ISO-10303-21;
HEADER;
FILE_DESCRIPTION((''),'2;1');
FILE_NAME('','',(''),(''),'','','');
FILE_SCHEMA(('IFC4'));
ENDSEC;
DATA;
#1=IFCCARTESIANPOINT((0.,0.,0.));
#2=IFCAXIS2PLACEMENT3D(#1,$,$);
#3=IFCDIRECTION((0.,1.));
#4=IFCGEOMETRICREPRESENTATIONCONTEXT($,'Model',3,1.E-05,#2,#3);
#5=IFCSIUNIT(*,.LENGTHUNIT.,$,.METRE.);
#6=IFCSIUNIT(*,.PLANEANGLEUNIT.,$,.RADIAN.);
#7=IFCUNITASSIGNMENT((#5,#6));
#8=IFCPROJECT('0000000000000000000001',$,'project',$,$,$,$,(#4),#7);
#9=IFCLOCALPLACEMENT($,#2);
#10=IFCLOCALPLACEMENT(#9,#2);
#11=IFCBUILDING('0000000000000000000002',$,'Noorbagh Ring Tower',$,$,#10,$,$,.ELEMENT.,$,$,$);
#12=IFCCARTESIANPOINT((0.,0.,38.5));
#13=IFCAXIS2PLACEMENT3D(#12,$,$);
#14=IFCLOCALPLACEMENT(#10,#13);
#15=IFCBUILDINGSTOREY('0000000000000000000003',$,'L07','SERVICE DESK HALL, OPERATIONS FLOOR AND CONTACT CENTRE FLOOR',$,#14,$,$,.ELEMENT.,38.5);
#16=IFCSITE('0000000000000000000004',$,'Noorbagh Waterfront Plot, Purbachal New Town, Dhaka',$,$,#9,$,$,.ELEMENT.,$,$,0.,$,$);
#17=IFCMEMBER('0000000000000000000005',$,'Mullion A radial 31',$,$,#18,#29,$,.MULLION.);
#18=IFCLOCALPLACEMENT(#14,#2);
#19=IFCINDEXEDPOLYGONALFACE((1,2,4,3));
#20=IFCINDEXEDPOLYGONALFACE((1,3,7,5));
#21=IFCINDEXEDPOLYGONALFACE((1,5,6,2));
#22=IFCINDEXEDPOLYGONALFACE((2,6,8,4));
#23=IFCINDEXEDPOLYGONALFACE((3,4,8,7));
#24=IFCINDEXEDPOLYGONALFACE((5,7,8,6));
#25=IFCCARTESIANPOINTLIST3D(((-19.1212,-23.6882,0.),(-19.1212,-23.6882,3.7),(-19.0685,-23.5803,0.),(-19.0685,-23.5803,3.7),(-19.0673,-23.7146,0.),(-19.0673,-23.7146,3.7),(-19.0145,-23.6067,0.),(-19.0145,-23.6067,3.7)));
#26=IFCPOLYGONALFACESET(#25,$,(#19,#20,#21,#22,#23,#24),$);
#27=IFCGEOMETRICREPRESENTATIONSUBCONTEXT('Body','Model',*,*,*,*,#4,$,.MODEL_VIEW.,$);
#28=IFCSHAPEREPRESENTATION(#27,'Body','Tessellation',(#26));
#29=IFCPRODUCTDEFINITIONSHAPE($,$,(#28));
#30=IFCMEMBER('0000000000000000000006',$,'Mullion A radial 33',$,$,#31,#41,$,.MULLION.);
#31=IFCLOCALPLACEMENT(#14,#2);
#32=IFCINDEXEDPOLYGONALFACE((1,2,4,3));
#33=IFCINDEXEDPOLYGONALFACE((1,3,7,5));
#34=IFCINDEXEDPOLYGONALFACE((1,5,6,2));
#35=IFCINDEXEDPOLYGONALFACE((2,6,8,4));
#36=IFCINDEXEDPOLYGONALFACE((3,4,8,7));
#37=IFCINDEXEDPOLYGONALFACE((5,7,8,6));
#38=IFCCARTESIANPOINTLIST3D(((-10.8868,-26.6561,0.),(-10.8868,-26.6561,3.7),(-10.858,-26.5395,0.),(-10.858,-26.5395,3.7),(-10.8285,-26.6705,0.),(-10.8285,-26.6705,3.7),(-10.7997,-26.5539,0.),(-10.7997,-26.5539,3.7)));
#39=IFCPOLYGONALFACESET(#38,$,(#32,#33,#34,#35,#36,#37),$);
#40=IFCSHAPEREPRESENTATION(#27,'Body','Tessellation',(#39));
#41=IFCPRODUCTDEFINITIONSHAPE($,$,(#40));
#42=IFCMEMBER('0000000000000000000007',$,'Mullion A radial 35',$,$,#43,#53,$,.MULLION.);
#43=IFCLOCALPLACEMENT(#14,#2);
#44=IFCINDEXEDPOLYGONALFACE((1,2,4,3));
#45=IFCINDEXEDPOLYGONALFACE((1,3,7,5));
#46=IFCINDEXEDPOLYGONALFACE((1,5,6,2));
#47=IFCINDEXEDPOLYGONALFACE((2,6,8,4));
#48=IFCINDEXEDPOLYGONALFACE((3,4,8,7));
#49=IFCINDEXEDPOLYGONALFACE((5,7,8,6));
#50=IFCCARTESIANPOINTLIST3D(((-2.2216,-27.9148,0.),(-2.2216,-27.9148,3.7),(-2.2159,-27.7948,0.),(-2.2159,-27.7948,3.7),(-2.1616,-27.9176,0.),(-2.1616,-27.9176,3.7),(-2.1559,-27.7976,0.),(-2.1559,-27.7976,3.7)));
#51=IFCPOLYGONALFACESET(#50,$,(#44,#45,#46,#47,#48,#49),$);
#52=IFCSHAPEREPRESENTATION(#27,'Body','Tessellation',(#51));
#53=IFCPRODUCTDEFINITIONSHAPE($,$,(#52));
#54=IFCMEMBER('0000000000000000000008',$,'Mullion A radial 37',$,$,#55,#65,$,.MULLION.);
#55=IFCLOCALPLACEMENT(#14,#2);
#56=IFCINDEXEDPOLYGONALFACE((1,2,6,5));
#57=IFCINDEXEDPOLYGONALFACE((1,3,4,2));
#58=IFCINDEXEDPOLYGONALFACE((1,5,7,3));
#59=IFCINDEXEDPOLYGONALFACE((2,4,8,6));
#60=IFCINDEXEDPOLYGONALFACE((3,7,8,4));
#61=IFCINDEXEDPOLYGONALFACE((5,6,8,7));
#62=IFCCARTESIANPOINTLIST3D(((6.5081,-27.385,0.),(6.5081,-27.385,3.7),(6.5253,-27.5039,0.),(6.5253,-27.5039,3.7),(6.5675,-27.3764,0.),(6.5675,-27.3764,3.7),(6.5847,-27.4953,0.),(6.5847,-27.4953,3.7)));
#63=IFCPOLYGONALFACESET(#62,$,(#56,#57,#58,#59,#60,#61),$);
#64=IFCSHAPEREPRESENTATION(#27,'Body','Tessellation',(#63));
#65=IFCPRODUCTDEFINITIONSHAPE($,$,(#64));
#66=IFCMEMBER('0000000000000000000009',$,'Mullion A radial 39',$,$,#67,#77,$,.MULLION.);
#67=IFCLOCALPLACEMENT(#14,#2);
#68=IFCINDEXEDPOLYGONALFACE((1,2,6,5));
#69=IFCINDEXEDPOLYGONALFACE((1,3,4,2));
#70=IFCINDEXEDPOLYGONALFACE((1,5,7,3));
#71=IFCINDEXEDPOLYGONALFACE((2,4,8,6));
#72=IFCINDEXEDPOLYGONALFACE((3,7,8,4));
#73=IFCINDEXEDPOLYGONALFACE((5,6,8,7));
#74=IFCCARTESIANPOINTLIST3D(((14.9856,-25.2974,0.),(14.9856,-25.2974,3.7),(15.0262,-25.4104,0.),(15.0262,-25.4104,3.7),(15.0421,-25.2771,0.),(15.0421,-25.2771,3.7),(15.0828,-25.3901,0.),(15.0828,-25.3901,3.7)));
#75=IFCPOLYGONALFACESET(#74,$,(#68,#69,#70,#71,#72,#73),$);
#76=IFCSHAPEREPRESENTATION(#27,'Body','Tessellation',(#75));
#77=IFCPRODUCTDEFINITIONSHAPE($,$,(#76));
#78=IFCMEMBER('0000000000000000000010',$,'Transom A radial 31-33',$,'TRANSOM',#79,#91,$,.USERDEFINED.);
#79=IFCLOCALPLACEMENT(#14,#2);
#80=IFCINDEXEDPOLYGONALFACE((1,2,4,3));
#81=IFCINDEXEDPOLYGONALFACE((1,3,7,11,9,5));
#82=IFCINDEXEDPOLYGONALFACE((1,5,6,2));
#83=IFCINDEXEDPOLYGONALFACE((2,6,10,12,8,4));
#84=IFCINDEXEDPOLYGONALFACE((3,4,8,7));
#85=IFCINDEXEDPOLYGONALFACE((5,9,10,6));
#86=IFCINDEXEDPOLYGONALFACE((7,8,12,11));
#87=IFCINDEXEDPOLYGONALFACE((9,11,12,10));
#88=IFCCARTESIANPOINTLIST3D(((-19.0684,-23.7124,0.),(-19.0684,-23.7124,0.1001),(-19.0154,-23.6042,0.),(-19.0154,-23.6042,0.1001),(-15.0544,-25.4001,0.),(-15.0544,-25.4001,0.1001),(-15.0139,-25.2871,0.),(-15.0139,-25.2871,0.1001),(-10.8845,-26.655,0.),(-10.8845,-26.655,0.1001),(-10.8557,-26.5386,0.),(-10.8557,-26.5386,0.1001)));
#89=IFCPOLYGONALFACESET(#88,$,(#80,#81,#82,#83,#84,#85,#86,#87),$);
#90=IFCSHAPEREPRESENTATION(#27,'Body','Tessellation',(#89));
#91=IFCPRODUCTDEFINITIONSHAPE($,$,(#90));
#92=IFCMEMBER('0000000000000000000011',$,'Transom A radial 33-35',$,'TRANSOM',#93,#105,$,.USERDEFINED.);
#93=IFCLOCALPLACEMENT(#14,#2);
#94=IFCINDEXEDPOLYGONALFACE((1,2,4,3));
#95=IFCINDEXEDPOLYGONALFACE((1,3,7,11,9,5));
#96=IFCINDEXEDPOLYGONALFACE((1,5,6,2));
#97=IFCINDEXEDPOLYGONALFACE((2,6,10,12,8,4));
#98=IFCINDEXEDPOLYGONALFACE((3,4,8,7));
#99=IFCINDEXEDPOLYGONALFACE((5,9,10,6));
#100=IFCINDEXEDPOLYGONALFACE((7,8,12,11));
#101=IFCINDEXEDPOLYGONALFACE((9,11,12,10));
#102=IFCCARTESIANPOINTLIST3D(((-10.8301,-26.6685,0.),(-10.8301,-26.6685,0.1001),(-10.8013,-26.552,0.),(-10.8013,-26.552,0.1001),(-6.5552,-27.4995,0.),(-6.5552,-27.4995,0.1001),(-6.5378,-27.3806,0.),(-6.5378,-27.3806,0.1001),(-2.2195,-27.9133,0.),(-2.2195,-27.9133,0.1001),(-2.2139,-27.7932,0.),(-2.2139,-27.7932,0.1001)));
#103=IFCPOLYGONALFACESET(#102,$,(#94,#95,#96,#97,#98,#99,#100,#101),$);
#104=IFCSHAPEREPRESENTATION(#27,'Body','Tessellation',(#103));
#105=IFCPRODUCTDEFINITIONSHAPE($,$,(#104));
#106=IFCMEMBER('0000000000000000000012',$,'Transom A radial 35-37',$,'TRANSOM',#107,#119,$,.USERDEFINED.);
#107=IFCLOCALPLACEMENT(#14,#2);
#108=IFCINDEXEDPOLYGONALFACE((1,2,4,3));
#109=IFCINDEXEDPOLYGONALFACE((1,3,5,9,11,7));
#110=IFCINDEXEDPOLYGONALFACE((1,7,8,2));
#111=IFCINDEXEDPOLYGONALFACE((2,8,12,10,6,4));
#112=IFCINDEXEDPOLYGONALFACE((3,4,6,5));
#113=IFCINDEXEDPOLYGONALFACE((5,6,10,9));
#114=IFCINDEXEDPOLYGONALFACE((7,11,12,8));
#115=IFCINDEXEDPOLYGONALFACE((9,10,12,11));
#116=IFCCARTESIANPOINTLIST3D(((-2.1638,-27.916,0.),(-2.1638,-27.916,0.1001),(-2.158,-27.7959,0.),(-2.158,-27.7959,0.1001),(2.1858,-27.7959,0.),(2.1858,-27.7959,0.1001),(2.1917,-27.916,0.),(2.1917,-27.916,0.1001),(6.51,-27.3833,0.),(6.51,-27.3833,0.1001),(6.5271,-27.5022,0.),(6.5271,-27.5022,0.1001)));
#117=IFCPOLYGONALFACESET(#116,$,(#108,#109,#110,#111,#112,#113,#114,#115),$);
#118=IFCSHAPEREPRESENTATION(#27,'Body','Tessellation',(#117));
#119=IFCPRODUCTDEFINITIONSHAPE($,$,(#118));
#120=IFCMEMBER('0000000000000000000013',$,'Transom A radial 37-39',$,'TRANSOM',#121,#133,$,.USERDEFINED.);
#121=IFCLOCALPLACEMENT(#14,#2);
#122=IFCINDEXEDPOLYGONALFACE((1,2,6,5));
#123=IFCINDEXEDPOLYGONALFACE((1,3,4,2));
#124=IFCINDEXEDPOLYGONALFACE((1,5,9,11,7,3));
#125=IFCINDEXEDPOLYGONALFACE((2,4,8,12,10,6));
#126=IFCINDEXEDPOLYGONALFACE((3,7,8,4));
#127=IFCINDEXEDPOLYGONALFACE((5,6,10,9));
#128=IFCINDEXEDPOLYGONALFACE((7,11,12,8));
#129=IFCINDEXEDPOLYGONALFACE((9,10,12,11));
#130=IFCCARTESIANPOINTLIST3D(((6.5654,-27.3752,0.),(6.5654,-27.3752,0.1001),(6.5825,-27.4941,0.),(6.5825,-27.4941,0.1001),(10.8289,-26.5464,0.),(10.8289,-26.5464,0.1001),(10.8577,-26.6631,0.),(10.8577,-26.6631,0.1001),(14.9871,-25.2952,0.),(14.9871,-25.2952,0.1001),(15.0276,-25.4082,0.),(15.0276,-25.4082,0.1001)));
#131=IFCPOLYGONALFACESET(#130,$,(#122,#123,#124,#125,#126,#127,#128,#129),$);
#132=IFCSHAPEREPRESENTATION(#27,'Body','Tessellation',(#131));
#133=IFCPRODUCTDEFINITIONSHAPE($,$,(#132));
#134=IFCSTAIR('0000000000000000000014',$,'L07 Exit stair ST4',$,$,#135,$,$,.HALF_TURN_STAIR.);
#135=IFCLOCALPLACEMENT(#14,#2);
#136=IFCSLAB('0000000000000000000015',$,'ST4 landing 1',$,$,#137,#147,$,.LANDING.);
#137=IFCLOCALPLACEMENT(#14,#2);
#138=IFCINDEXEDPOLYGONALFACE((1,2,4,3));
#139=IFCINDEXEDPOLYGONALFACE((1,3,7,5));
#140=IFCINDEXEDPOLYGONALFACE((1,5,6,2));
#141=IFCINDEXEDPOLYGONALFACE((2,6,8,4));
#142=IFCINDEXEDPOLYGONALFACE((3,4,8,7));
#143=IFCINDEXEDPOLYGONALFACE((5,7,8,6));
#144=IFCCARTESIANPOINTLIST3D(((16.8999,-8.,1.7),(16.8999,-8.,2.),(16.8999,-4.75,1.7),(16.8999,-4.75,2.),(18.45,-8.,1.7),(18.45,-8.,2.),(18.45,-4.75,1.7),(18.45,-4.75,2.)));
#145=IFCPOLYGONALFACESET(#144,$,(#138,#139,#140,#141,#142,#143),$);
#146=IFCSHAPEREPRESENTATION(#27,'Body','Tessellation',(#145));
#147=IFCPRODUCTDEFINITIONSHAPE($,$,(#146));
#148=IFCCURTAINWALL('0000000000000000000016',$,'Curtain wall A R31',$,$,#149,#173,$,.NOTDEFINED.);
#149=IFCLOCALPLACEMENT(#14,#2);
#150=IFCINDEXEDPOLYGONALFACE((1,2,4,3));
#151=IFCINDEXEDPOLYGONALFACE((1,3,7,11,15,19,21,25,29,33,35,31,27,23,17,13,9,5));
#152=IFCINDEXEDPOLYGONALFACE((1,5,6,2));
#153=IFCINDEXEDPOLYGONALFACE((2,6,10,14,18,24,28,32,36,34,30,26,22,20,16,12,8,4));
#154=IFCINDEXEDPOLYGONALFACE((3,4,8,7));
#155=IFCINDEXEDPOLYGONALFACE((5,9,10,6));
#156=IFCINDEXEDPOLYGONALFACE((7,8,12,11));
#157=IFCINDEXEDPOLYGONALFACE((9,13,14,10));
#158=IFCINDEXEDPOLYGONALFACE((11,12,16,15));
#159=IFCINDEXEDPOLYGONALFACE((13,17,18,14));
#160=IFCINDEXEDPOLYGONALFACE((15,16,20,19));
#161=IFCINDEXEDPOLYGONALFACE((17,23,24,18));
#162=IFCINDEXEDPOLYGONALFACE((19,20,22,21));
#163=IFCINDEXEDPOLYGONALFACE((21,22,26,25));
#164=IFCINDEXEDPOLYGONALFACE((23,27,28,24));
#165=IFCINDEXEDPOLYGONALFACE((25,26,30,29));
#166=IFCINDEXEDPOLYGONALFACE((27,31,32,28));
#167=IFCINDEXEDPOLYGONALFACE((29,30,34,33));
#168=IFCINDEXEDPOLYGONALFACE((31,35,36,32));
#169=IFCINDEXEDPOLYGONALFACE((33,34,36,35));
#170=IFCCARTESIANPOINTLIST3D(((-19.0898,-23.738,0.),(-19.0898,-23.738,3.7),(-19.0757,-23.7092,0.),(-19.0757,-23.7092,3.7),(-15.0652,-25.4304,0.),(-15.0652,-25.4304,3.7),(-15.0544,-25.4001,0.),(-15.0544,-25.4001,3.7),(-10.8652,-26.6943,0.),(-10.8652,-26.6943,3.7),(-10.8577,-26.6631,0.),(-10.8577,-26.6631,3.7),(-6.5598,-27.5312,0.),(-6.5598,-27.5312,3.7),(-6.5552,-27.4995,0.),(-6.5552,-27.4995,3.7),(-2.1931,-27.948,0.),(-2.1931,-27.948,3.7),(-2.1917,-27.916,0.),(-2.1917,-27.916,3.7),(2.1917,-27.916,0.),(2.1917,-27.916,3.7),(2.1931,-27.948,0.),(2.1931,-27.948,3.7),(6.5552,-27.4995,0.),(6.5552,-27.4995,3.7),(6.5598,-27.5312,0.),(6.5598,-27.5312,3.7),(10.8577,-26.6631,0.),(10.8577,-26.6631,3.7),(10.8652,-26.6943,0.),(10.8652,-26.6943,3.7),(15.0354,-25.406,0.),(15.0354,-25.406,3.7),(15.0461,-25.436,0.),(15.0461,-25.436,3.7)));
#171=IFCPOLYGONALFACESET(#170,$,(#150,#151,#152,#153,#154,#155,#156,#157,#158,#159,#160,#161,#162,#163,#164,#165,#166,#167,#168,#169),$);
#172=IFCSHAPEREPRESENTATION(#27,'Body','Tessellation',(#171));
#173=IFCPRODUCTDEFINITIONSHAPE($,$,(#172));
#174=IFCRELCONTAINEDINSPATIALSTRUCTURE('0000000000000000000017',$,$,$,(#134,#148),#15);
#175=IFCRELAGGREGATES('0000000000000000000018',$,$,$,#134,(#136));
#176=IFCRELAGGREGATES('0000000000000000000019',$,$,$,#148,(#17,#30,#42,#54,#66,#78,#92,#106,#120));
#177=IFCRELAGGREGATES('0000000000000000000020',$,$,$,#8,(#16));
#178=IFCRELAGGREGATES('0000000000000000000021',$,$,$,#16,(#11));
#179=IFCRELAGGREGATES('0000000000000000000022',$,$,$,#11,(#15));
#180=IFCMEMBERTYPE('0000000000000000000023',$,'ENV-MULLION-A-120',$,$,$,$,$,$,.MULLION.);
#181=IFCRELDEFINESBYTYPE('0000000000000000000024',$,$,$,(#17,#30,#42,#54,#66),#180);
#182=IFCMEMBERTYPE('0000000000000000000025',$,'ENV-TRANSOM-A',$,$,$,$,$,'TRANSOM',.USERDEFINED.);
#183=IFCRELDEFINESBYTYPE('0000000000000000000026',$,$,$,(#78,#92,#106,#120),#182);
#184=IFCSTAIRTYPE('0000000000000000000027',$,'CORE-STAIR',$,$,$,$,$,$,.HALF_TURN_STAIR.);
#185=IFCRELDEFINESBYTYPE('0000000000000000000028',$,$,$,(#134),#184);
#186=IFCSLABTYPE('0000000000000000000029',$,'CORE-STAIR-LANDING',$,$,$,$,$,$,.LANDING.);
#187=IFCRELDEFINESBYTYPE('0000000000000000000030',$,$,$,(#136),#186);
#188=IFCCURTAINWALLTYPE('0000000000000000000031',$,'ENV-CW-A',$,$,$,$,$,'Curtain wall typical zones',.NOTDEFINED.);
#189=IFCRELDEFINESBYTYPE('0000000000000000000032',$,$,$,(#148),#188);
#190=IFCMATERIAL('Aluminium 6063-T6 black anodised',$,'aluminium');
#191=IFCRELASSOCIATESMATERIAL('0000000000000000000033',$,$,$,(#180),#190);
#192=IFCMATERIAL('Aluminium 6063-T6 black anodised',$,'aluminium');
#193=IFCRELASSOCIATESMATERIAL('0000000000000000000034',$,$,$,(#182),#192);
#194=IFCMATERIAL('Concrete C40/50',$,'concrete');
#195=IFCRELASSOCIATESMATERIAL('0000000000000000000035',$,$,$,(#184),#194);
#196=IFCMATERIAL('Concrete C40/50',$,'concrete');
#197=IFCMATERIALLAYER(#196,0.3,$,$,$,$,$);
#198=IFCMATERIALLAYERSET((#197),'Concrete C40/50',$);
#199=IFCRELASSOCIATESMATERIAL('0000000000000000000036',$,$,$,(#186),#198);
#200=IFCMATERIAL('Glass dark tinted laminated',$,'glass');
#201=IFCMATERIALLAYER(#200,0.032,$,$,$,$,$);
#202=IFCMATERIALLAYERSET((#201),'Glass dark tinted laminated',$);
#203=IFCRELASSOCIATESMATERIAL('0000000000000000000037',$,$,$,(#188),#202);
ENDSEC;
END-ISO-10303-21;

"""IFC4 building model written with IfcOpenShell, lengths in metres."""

from ifc_helpers import new_model, si_unit, direction, frame, origin, origin_2d, place, context, subcontext, project, spatial, polyline, rectangle, outline, extrude, material, layer, layer_set, material_profile, profile_set, type_object, element, aggregate, save


model = new_model("IFC4")

# Units and contexts
model_context = context("Model", 3, precision=1e-05, world=origin(), true_north=direction((0.0, 1.0)))
body_context = subcontext(model_context, "Body", "Model", "MODEL_VIEW")
ifc_project = project(units=[si_unit("LENGTHUNIT", "METRE"), si_unit("PLANEANGLEUNIT", "RADIAN")], contexts=[model_context])

# Members
ifc_material_1 = material(Name="Aluminium 6063-T6 black anodised", Category="aluminium")
ifc_material_profile = material_profile(ifc_material_1, rectangle(XDim=0.1201, YDim=0.0601, at=origin_2d()), Name="120x60")
ifc_profile_set = profile_set([ifc_material_profile], Name="Aluminium 6063-T6 black anodised")
member_type_1 = type_object("IfcMemberType", Name="ENV-MULLION-A-120", PredefinedType="MULLION", material=ifc_profile_set)
site_placement = place(None, origin())
building_placement = place(site_placement, origin())
storey_placement = place(building_placement, frame((0.0, 0.0, 38.5)))
member_1_placement = place(storey_placement, frame((-19.0679, -23.6475, 0.0), z_axis=(0.0, 0.0, 1.0), x_axis=(0.439238, 0.898371, 0.0)))
member_1 = element("IfcMember", 1, at=member_1_placement, type_object=member_type_1, Name="Mullion A radial 31", PredefinedType="MULLION", context=body_context, shape_type="SweptSolid", body=[
    extrude(rectangle(XDim=0.1201, YDim=0.0601, at=origin_2d()), origin(), (0.0, 0.0, 1.0), 3.7),
])
member_2_placement = place(storey_placement, frame((-10.8433, -26.605, 0.0), z_axis=(0.0, 0.0, 1.0), x_axis=(0.239799, 0.970823, 0.0)))
member_2 = element("IfcMember", 2, at=member_2_placement, type_object=member_type_1, Name="Mullion A radial 33", PredefinedType="MULLION", context=body_context, shape_type="SweptSolid", body=[
    extrude(rectangle(XDim=0.1201, YDim=0.0601, at=origin_2d()), origin(), (0.0, 0.0, 1.0), 3.7),
])
member_3_placement = place(storey_placement, frame((-2.1887, -27.8562, 0.0), z_axis=(0.0, 0.0, 1.0), x_axis=(0.047558, 0.998868, 0.0)))
member_3 = element("IfcMember", 3, at=member_3_placement, type_object=member_type_1, Name="Mullion A radial 35", PredefinedType="MULLION", context=body_context, shape_type="SweptSolid", body=[
    extrude(rectangle(XDim=0.1201, YDim=0.0601, at=origin_2d()), origin(), (0.0, 0.0, 1.0), 3.7),
])
member_4_placement = place(storey_placement, frame((6.5464, -27.4402, 0.0), z_axis=(0.0, 0.0, 1.0), x_axis=(-0.143082, 0.989711, 0.0)))
member_4 = element("IfcMember", 4, at=member_4_placement, type_object=member_type_1, Name="Mullion A radial 37", PredefinedType="MULLION", context=body_context, shape_type="SweptSolid", body=[
    extrude(rectangle(XDim=0.1201, YDim=0.0601, at=origin_2d()), origin(), (0.0, 0.0, 1.0), 3.7),
])
member_5_placement = place(storey_placement, frame((15.0342, -25.3438, 0.0), z_axis=(0.0, 0.0, 1.0), x_axis=(-0.338379, 0.94101, 0.0)))
member_5 = element("IfcMember", 5, at=member_5_placement, type_object=member_type_1, Name="Mullion A radial 39", PredefinedType="MULLION", context=body_context, shape_type="SweptSolid", body=[
    extrude(rectangle(XDim=0.1201, YDim=0.0601, at=origin_2d()), origin(), (0.0, 0.0, 1.0), 3.7),
])
ifc_material_2 = material(Name="Aluminium 6063-T6 black anodised", Category="aluminium")
member_type_2 = type_object("IfcMemberType", Name="ENV-TRANSOM-A", ElementType="TRANSOM", PredefinedType="USERDEFINED", material=ifc_material_2)
member_6_placement = place(storey_placement, origin())
member_6 = element("IfcMember", 6, at=member_6_placement, type_object=member_type_2, Name="Transom A radial 31-33", ObjectType="TRANSOM", PredefinedType="USERDEFINED", context=body_context, shape_type="SweptSolid", body=[
    extrude(outline(polyline([(-19.0684, -23.7124), (-15.0544, -25.4001), (-10.8845, -26.655), (-10.8557, -26.5386), (-15.0139, -25.2871), (-19.0154, -23.6042), (-19.0684, -23.7124)])), origin(), (0.0, 0.0, 1.0), 0.1001),
])
member_7_placement = place(storey_placement, origin())
member_7 = element("IfcMember", 7, at=member_7_placement, type_object=member_type_2, Name="Transom A radial 33-35", ObjectType="TRANSOM", PredefinedType="USERDEFINED", context=body_context, shape_type="SweptSolid", body=[
    extrude(outline(polyline([(-10.8301, -26.6685), (-6.5552, -27.4995), (-2.2195, -27.9133), (-2.2139, -27.7932), (-6.5378, -27.3806), (-10.8013, -26.552), (-10.8301, -26.6685)])), origin(), (0.0, 0.0, 1.0), 0.1001),
])
member_8_placement = place(storey_placement, origin())
member_8 = element("IfcMember", 8, at=member_8_placement, type_object=member_type_2, Name="Transom A radial 35-37", ObjectType="TRANSOM", PredefinedType="USERDEFINED", context=body_context, shape_type="SweptSolid", body=[
    extrude(outline(polyline([(-2.1638, -27.916), (2.1917, -27.916), (6.5271, -27.5022), (6.51, -27.3833), (2.1858, -27.7959), (-2.158, -27.7959), (-2.1638, -27.916)])), origin(), (0.0, 0.0, 1.0), 0.1001),
])
member_9_placement = place(storey_placement, origin())
member_9 = element("IfcMember", 9, at=member_9_placement, type_object=member_type_2, Name="Transom A radial 37-39", ObjectType="TRANSOM", PredefinedType="USERDEFINED", context=body_context, shape_type="SweptSolid", body=[
    extrude(outline(polyline([(6.5825, -27.4941), (10.8577, -26.6631), (15.0276, -25.4082), (14.9871, -25.2952), (10.8289, -26.5464), (6.5654, -27.3752), (6.5825, -27.4941)])), origin(), (0.0, 0.0, 1.0), 0.1001),
])

# Site, building, storey
site = spatial("IfcSite", under=ifc_project, at=site_placement, Name="Noorbagh Waterfront Plot, Purbachal New Town, Dhaka", CompositionType="ELEMENT", RefElevation=0.0)
building = spatial("IfcBuilding", under=site, at=building_placement, Name="Noorbagh Ring Tower", CompositionType="ELEMENT")
storey = spatial("IfcBuildingStorey", under=building, at=storey_placement, Name="L07", Description="SERVICE DESK HALL, OPERATIONS FLOOR AND CONTACT CENTRE FLOOR", CompositionType="ELEMENT", Elevation=38.5)

# Stair, slab
ifc_material_3 = material(Name="Concrete C40/50", Category="concrete")
stair_type = type_object("IfcStairType", Name="CORE-STAIR", PredefinedType="HALF_TURN_STAIR", material=ifc_material_3)
stair_placement = place(storey_placement, origin())
stair = element("IfcStair", 10, at=stair_placement, inside=storey, type_object=stair_type, Name="L07 Exit stair ST4", PredefinedType="HALF_TURN_STAIR")
ifc_material_4 = material(Name="Concrete C40/50", Category="concrete")
ifc_layer_1 = layer(ifc_material_4, 0.3)
ifc_layer_set_1 = layer_set([ifc_layer_1], Name="Concrete C40/50")
slab_type = type_object("IfcSlabType", Name="CORE-STAIR-LANDING", PredefinedType="LANDING", material=ifc_layer_set_1)
slab_placement = place(storey_placement, frame((0.0, 0.0, 1.7)))
slab = element("IfcSlab", 11, at=slab_placement, type_object=slab_type, Name="ST4 landing 1", PredefinedType="LANDING", context=body_context, shape_type="SweptSolid", body=[
    extrude(outline(polyline([(18.45, -4.75), (16.8999, -4.75), (16.8999, -8.0), (18.45, -8.0), (18.45, -4.75)])), origin(), (0.0, 0.0, 1.0), 0.3),
])
aggregate(stair, [slab])

# Curtain wall
ifc_material_5 = material(Name="Glass dark tinted laminated", Category="glass")
ifc_layer_2 = layer(ifc_material_5, 0.032)
ifc_layer_set_2 = layer_set([ifc_layer_2], Name="Glass dark tinted laminated")
curtain_wall_type = type_object("IfcCurtainWallType", Name="ENV-CW-A", ElementType="Curtain wall typical zones", PredefinedType="NOTDEFINED", material=ifc_layer_set_2)
curtain_wall_1_placement = place(storey_placement, origin())
curtain_wall_1 = element("IfcCurtainWall", 12, at=curtain_wall_1_placement, inside=storey, type_object=curtain_wall_type, Name="Curtain wall A R31", PredefinedType="NOTDEFINED", context=body_context, shape_type="SweptSolid", body=[
    extrude(outline(polyline([(-19.0898, -23.738), (-15.0652, -25.4304), (-10.8652, -26.6943), (-6.5598, -27.5312), (-2.1931, -27.948), (2.1931, -27.948), (6.5598, -27.5312), (10.8652, -26.6943), (15.0461, -25.436), (15.0354, -25.406), (10.8577, -26.6631), (6.5552, -27.4995), (2.1917, -27.916), (-2.1917, -27.916), (-6.5552, -27.4995), (-10.8577, -26.6631), (-15.0544, -25.4001), (-19.0757, -23.7092), (-19.0898, -23.738)])), origin(), (0.0, 0.0, 1.0), 3.7),
])
aggregate(curtain_wall_1, [member_1, member_2, member_3, member_4, member_5, member_6, member_7, member_8, member_9])

save(model, "model.ifc")
